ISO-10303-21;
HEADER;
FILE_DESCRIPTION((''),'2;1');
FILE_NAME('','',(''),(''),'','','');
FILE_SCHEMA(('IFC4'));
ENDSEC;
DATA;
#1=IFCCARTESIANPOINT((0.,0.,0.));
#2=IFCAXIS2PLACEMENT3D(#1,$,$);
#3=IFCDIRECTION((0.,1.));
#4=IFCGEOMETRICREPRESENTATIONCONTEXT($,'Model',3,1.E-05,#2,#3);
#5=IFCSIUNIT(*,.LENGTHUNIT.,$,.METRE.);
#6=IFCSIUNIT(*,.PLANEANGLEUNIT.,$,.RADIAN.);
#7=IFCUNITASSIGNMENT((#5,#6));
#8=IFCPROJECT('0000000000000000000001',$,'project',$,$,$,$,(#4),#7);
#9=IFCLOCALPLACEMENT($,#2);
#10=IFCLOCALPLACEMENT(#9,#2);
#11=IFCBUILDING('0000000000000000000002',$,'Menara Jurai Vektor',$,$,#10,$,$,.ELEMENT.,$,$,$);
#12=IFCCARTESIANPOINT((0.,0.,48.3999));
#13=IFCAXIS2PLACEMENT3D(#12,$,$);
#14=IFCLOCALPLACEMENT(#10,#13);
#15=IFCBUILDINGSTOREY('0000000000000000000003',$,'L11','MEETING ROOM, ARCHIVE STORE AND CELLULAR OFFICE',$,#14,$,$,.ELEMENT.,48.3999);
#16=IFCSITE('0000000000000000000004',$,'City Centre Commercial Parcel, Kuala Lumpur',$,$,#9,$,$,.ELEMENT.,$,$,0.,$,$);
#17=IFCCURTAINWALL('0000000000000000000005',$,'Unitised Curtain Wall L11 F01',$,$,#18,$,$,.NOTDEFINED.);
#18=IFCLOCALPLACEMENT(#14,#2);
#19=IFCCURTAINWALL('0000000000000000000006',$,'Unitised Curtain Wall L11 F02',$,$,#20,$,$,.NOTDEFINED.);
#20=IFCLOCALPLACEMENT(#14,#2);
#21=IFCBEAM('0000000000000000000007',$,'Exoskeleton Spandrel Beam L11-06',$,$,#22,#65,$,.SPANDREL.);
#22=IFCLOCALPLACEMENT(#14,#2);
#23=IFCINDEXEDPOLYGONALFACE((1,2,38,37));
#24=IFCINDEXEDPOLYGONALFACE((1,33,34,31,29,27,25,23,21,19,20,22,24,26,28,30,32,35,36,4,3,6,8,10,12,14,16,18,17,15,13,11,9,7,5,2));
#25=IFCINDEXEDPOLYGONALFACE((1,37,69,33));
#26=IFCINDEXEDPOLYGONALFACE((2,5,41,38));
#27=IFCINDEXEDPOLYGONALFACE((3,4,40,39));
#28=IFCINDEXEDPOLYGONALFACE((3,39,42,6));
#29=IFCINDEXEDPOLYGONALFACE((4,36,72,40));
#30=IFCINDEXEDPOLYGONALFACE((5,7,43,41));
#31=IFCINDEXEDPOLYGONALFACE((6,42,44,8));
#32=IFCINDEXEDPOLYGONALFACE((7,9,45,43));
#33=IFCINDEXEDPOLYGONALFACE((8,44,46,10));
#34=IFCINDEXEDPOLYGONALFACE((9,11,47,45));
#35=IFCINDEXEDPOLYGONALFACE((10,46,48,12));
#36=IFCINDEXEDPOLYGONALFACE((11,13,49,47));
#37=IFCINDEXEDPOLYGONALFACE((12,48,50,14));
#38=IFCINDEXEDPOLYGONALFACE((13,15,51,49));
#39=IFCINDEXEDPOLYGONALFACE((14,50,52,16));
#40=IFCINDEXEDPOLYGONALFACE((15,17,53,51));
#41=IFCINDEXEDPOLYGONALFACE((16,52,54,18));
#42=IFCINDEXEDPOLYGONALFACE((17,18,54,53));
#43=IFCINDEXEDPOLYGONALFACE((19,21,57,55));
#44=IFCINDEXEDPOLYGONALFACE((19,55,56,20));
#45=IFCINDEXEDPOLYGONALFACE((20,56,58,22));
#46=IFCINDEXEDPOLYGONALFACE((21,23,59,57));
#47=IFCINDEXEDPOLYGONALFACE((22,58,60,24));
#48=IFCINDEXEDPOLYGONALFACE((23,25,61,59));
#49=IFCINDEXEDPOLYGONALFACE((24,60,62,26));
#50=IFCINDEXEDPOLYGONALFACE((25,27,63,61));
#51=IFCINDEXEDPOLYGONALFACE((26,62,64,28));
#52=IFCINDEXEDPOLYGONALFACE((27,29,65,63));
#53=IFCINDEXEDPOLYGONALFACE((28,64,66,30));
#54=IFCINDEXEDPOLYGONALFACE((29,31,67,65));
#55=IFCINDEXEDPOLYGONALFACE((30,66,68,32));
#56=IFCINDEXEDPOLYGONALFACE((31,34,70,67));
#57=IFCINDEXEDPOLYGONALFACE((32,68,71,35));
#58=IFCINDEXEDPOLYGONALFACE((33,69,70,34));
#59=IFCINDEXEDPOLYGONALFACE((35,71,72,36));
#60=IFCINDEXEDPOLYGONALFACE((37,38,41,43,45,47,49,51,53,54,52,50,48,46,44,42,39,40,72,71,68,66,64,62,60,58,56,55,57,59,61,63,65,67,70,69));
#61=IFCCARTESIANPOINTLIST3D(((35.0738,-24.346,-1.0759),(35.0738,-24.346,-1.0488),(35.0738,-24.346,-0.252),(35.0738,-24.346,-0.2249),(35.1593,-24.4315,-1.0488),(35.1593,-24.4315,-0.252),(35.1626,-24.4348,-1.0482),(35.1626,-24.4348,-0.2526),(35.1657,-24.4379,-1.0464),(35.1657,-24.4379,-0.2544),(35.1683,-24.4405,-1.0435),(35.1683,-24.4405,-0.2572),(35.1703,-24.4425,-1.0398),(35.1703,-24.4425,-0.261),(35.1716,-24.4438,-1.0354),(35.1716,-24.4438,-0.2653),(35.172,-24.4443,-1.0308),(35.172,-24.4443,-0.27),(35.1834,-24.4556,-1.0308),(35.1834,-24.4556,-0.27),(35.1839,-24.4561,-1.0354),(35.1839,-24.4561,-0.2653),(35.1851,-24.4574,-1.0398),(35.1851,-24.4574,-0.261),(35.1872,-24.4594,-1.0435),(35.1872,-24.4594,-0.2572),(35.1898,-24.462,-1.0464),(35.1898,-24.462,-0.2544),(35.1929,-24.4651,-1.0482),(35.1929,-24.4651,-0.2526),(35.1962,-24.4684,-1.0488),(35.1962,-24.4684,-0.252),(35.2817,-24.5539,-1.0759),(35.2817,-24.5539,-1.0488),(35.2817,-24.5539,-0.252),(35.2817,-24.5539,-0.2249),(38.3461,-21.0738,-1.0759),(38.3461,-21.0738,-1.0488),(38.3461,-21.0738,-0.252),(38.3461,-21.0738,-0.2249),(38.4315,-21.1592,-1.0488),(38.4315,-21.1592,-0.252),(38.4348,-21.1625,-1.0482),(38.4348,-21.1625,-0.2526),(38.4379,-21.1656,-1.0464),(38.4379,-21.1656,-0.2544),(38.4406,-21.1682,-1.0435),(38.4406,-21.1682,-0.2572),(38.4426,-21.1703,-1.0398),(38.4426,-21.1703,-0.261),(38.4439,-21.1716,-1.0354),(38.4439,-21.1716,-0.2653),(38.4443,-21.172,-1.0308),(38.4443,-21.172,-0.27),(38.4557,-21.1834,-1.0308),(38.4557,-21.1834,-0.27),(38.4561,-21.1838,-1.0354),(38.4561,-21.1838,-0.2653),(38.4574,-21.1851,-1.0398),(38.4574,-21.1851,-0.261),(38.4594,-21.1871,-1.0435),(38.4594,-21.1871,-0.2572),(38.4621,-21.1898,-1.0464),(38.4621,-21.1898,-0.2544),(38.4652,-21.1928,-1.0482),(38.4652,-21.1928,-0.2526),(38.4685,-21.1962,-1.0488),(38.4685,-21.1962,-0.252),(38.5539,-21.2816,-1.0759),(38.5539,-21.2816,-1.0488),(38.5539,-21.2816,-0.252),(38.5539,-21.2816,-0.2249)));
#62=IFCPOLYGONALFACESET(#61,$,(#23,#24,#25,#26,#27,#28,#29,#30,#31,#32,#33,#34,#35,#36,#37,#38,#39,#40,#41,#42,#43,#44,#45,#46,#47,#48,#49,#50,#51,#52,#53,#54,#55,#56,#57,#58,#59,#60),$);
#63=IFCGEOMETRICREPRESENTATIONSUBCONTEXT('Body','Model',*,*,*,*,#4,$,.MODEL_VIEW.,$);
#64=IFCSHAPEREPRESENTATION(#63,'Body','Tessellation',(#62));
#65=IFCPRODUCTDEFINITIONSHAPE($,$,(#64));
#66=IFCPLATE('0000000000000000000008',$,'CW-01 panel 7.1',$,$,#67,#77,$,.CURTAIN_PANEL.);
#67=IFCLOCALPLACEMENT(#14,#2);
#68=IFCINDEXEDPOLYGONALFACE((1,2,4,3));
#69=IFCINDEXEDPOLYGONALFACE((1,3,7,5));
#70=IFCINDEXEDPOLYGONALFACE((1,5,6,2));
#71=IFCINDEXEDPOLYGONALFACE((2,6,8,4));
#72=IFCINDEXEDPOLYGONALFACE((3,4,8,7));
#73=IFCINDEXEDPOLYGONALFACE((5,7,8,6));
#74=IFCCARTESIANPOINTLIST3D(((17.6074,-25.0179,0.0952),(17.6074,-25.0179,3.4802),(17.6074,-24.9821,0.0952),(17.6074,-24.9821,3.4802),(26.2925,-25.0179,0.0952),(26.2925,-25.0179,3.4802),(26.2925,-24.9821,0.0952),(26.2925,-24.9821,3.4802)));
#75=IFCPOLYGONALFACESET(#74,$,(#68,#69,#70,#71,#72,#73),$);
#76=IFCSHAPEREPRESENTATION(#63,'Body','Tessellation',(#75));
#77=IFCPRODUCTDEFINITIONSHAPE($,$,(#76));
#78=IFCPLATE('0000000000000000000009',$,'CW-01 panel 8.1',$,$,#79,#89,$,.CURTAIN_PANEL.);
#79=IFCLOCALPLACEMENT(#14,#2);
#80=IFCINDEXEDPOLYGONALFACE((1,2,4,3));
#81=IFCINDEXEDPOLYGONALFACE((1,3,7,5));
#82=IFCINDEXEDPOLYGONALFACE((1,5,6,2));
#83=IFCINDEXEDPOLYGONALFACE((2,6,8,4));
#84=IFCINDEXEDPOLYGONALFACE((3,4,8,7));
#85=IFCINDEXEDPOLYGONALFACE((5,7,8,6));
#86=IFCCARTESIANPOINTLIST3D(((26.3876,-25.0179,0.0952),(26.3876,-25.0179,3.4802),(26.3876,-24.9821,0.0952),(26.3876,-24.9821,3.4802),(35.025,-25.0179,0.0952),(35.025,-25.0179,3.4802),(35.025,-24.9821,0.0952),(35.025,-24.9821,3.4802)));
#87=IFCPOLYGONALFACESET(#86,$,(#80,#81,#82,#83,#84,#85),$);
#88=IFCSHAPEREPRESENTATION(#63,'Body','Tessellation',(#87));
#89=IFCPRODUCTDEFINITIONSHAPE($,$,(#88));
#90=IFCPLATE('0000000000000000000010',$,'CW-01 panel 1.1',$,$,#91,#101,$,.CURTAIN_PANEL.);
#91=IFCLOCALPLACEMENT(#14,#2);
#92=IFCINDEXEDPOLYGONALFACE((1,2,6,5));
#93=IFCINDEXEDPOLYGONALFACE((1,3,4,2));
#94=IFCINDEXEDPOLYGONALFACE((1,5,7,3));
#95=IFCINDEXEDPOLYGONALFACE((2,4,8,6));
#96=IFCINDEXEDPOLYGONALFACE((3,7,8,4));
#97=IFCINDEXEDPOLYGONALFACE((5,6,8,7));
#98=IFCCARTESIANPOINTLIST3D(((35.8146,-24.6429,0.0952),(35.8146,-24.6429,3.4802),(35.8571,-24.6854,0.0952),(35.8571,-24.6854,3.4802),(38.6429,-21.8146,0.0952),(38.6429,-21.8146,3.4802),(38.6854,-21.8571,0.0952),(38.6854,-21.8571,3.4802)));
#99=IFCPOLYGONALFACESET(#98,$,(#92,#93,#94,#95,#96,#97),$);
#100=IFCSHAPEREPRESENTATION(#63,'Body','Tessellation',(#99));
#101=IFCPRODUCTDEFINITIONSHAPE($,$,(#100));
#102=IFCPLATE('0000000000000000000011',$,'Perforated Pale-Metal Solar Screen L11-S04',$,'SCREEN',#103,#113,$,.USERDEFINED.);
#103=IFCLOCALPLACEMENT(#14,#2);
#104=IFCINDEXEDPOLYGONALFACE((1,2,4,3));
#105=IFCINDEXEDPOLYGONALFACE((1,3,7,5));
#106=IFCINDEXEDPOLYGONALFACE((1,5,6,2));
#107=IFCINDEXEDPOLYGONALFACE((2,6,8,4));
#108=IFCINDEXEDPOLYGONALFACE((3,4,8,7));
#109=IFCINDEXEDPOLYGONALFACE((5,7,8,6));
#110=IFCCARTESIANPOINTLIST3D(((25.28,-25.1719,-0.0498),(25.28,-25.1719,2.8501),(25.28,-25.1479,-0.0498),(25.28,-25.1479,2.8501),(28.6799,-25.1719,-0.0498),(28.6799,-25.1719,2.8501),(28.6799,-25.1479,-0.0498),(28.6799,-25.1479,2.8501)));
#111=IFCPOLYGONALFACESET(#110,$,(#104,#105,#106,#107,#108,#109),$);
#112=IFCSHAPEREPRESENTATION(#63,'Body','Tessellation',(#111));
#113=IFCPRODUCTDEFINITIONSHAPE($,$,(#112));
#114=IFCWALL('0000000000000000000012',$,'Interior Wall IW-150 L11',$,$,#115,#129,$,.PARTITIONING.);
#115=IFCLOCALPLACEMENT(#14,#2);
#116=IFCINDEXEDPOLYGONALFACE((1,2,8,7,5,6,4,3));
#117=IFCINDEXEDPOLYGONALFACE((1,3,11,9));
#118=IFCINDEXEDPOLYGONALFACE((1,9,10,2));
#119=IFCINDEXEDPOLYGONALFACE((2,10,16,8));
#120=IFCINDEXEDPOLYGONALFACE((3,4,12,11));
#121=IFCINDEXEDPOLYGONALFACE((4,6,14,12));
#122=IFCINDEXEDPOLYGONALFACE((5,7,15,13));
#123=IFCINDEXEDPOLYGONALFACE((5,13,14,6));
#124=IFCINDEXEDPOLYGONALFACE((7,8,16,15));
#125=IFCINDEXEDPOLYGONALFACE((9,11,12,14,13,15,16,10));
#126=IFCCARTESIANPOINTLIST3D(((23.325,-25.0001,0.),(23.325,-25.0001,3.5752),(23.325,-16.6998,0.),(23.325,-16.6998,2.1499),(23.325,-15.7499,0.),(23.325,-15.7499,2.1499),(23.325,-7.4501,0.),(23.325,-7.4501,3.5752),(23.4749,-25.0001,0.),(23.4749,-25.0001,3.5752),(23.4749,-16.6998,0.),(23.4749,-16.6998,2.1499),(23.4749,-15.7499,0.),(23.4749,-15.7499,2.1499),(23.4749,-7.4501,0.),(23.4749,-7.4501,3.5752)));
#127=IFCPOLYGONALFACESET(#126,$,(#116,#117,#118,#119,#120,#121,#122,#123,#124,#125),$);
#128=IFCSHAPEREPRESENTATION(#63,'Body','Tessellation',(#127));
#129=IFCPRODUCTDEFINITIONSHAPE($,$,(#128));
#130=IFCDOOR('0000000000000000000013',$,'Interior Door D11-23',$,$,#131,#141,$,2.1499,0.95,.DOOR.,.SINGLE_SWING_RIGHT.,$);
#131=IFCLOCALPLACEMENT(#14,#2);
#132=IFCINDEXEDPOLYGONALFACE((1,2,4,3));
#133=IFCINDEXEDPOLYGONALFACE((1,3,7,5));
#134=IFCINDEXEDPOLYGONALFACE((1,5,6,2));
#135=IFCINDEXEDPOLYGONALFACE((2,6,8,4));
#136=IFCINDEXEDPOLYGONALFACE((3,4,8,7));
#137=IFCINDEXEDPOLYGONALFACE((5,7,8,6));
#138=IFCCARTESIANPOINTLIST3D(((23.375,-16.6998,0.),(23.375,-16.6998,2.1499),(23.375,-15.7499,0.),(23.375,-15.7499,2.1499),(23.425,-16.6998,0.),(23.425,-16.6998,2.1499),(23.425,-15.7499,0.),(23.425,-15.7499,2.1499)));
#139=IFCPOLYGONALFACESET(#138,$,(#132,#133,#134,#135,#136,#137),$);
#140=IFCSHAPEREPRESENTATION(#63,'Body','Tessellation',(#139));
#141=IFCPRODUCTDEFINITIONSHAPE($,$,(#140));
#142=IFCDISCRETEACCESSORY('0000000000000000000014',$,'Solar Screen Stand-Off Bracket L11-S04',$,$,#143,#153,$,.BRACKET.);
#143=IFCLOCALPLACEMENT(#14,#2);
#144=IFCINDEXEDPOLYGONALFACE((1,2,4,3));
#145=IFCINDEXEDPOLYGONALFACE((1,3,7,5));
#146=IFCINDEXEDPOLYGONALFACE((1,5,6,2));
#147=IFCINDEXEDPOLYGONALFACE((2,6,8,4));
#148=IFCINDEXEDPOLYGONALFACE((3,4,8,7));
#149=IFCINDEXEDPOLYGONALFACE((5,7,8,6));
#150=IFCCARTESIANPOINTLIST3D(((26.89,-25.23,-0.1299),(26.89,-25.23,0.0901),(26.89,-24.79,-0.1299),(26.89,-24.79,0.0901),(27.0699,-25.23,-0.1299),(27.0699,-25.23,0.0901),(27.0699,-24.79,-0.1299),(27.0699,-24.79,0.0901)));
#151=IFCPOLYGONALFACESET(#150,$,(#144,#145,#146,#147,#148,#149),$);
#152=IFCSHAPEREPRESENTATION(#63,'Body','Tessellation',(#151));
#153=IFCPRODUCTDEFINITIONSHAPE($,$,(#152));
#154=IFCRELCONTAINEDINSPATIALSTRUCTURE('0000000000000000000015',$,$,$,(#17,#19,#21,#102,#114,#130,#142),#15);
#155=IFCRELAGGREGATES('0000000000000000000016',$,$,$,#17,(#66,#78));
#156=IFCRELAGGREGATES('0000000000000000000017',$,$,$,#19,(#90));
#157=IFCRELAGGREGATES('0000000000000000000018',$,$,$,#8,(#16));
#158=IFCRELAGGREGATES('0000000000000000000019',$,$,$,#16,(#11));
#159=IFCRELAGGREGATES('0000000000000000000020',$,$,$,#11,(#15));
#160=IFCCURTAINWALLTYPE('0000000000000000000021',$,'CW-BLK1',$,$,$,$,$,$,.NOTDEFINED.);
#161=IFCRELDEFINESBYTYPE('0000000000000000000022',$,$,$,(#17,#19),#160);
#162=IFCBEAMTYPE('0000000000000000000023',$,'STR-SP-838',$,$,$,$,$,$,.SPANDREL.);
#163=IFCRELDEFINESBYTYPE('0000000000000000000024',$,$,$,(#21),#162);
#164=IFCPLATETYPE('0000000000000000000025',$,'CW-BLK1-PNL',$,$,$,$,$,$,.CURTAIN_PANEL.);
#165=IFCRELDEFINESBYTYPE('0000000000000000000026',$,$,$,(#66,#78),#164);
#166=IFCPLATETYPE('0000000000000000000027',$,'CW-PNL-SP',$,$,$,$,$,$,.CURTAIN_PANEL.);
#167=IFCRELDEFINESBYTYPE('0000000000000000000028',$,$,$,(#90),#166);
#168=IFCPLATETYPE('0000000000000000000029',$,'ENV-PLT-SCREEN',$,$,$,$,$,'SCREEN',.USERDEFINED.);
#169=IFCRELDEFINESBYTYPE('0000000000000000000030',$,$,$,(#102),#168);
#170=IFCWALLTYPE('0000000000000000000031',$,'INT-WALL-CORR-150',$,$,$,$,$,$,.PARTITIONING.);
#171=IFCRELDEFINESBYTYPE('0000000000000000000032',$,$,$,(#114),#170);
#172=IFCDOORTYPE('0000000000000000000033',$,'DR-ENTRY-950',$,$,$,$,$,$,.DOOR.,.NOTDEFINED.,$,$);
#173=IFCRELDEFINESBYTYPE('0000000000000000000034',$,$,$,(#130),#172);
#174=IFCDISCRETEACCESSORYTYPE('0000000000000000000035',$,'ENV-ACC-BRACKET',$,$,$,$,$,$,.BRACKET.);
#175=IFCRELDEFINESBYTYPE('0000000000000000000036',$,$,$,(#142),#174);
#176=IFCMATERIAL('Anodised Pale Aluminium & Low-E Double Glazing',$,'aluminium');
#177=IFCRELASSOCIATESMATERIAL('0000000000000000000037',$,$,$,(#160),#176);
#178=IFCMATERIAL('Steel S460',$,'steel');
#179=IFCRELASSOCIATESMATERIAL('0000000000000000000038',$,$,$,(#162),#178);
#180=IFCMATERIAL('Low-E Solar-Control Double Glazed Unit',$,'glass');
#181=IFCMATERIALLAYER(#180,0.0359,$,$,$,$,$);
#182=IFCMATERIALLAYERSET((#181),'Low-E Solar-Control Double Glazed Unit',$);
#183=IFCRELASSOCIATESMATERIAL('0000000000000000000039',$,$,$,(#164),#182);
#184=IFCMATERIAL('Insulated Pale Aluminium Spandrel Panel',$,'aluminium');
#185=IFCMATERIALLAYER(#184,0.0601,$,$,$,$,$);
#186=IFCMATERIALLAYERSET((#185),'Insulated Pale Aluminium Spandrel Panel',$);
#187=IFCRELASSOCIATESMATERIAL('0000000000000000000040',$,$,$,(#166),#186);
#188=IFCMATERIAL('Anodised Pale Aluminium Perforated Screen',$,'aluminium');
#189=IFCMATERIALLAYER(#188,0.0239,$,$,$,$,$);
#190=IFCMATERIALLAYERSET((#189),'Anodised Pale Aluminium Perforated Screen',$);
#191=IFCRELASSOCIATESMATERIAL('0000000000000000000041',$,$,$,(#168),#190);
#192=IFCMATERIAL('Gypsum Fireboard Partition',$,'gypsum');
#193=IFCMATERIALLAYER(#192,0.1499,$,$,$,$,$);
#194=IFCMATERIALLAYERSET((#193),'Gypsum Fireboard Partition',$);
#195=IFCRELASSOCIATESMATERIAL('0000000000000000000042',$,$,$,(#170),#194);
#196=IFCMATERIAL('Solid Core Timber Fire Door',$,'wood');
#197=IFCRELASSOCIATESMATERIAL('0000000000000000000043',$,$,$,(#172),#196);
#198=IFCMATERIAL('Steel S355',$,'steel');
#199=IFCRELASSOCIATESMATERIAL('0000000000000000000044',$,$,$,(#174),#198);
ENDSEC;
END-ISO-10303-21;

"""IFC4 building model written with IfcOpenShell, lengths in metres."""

from ifc_helpers import new_model, si_unit, direction, frame, frame_2d, origin, origin_2d, place, context, subcontext, project, spatial, rectangle, i_section, extrude, material, layer, layer_set, material_profile, profile_set, type_object, element, fill, aggregate, save


model = new_model("IFC4")

# Units and contexts
model_context = context("Model", 3, precision=1e-05, world=origin(), true_north=direction((0.0, 1.0)))
body_context = subcontext(model_context, "Body", "Model", "MODEL_VIEW")
ifc_project = project(units=[si_unit("LENGTHUNIT", "METRE"), si_unit("PLANEANGLEUNIT", "RADIAN")], contexts=[model_context])

# Site, building, storey
site_placement = place(None, origin())
site = spatial("IfcSite", under=ifc_project, at=site_placement, Name="City Centre Commercial Parcel, Kuala Lumpur", CompositionType="ELEMENT", RefElevation=0.0)
building_placement = place(site_placement, origin())
building = spatial("IfcBuilding", under=site, at=building_placement, Name="Menara Jurai Vektor", CompositionType="ELEMENT")
storey_placement = place(building_placement, frame((0.0, 0.0, 48.3999)))
storey = spatial("IfcBuildingStorey", under=building, at=storey_placement, Name="L11", Description="MEETING ROOM, ARCHIVE STORE AND CELLULAR OFFICE", CompositionType="ELEMENT", Elevation=48.3999)

# Shared definitions
ifc_material_1 = material(Name="Steel S460", Category="steel")

# Curtain walls
ifc_material_2 = material(Name="Anodised Pale Aluminium & Low-E Double Glazing", Category="aluminium")
curtain_wall_type = type_object("IfcCurtainWallType", Name="CW-BLK1", PredefinedType="NOTDEFINED", material=ifc_material_2)
curtain_wall_1_placement = place(storey_placement, origin())
curtain_wall_1 = element("IfcCurtainWall", 1, at=curtain_wall_1_placement, inside=storey, type_object=curtain_wall_type, Name="Unitised Curtain Wall L11 F01", PredefinedType="NOTDEFINED")
curtain_wall_2_placement = place(storey_placement, origin())
curtain_wall_2 = element("IfcCurtainWall", 2, at=curtain_wall_2_placement, inside=storey, type_object=curtain_wall_type, Name="Unitised Curtain Wall L11 F02", PredefinedType="NOTDEFINED")

# Shared definitions
ifc_material_3 = material(Name="Steel S355", Category="steel")

# Beam
ifc_material_profile_1 = material_profile(ifc_material_1, i_section(OverallWidth=0.2939, OverallDepth=0.8511, WebThickness=0.0161, FlangeThickness=0.0271, FilletRadius=0.0181, at=origin_2d()), Name="UKB 838x292x226")
ifc_profile_set_1 = profile_set([ifc_material_profile_1], Name="Steel S460")
beam_type_1 = type_object("IfcBeamType", Name="STR-SP-838", PredefinedType="SPANDREL", material=ifc_profile_set_1)
beam_1_placement = place(storey_placement, frame((35.1777, -24.45, -0.6504), z_axis=(0.707107, 0.707107, 0.0), x_axis=(-0.707107, 0.707107, 0.0)))
element("IfcBeam", 3, at=beam_1_placement, inside=storey, type_object=beam_type_1, Name="Exoskeleton Spandrel Beam L11-06", PredefinedType="SPANDREL", context=body_context, shape_type="SweptSolid", body=[
    extrude(i_section(OverallWidth=0.2939, OverallDepth=0.8511, WebThickness=0.0161, FlangeThickness=0.0271, FilletRadius=0.0181, at=origin_2d()), origin(), (0.0, 0.0, 1.0), 4.6277),
])

# Plates
ifc_material_4 = material(Name="Low-E Solar-Control Double Glazed Unit", Category="glass")
ifc_layer_1 = layer(ifc_material_4, 0.0359)
ifc_layer_set_1 = layer_set([ifc_layer_1], Name="Low-E Solar-Control Double Glazed Unit")
plate_type_1 = type_object("IfcPlateType", Name="CW-BLK1-PNL", PredefinedType="CURTAIN_PANEL", material=ifc_layer_set_1)
plate_1_placement = place(storey_placement, frame((21.95, -25.0, 0.0952), z_axis=(0.0, 0.0, 1.0), x_axis=(1.0, 0.0, 0.0)))
plate_1 = element("IfcPlate", 4, at=plate_1_placement, type_object=plate_type_1, Name="CW-01 panel 7.1", PredefinedType="CURTAIN_PANEL", context=body_context, shape_type="SweptSolid", body=[
    extrude(rectangle(XDim=8.6851, YDim=0.0359, at=origin_2d()), origin(), (0.0, 0.0, 1.0), 3.385),
])
plate_2_placement = place(storey_placement, frame((30.7063, -25.0, 0.0952), z_axis=(0.0, 0.0, 1.0), x_axis=(1.0, 0.0, 0.0)))
plate_2 = element("IfcPlate", 5, at=plate_2_placement, type_object=plate_type_1, Name="CW-01 panel 8.1", PredefinedType="CURTAIN_PANEL", context=body_context, shape_type="SweptSolid", body=[
    extrude(rectangle(XDim=8.6375, YDim=0.0359, at=origin_2d()), origin(), (0.0, 0.0, 1.0), 3.385),
])
aggregate(curtain_wall_1, [plate_1, plate_2])
ifc_material_5 = material(Name="Insulated Pale Aluminium Spandrel Panel", Category="aluminium")
ifc_layer_2 = layer(ifc_material_5, 0.0601)
ifc_layer_set_2 = layer_set([ifc_layer_2], Name="Insulated Pale Aluminium Spandrel Panel")
plate_type_2 = type_object("IfcPlateType", Name="CW-PNL-SP", PredefinedType="CURTAIN_PANEL", material=ifc_layer_set_2)
plate_3_placement = place(storey_placement, frame((37.25, -23.25, 0.0952), z_axis=(0.0, 0.0, 1.0), x_axis=(0.707107, 0.707107, 0.0)))
plate_3 = element("IfcPlate", 6, at=plate_3_placement, type_object=plate_type_2, Name="CW-01 panel 1.1", PredefinedType="CURTAIN_PANEL", context=body_context, shape_type="SweptSolid", body=[
    extrude(rectangle(XDim=3.9998, YDim=0.0601, at=origin_2d()), origin(), (0.0, 0.0, 1.0), 3.385),
])
aggregate(curtain_wall_2, [plate_3])
ifc_material_6 = material(Name="Anodised Pale Aluminium Perforated Screen", Category="aluminium")
ifc_layer_3 = layer(ifc_material_6, 0.0239)
ifc_layer_set_3 = layer_set([ifc_layer_3], Name="Anodised Pale Aluminium Perforated Screen")
plate_type_3 = type_object("IfcPlateType", Name="ENV-PLT-SCREEN", ElementType="SCREEN", PredefinedType="USERDEFINED", material=ifc_layer_set_3)
plate_4_placement = place(storey_placement, frame((26.98, -25.1599, -0.0498), z_axis=(0.0, 0.0, 1.0), x_axis=(1.0, 0.0, 0.0)))
element("IfcPlate", 7, at=plate_4_placement, inside=storey, type_object=plate_type_3, Name="Perforated Pale-Metal Solar Screen L11-S04", ObjectType="SCREEN", PredefinedType="USERDEFINED", context=body_context, shape_type="SweptSolid", body=[
    extrude(rectangle(XDim=3.3999, YDim=0.0239, at=origin_2d()), origin(), (0.0, 0.0, 1.0), 2.8999),
])

# Wall, opening, door
ifc_material_7 = material(Name="Gypsum Fireboard Partition", Category="gypsum")
ifc_layer_4 = layer(ifc_material_7, 0.1499)
ifc_layer_set_4 = layer_set([ifc_layer_4], Name="Gypsum Fireboard Partition")
wall_type = type_object("IfcWallType", Name="INT-WALL-CORR-150", PredefinedType="PARTITIONING", material=ifc_layer_set_4)
wall_placement = place(storey_placement, frame((23.3999, -25.0, 0.0), z_axis=(0.0, 0.0, 1.0), x_axis=(0.0, 1.0, 0.0)))
wall = element("IfcWall", 8, at=wall_placement, inside=storey, type_object=wall_type, Name="Interior Wall IW-150 L11", PredefinedType="PARTITIONING", context=body_context, shape_type="SweptSolid", body=[
    extrude(rectangle(XDim=17.55, YDim=0.1499, at=frame_2d((8.7749, 0.0))), origin(), (0.0, 0.0, 1.0), 3.5752),
])
opening_placement = place(wall_placement, frame((8.3, 0.0, 0.0)))
opening = element("IfcOpeningElement", 9, at=opening_placement, cuts=wall, PredefinedType="OPENING", context=body_context, shape_type="SweptSolid", body=[
    extrude(rectangle(XDim=0.95, YDim=2.1499, at=frame_2d((0.4751, 1.075))), frame((0.0, 0.085, 0.0), z_axis=(0.0, -1.0, 0.0), x_axis=(1.0, 0.0, 0.0)), (0.0, 0.0, 1.0), 0.1699),
])
ifc_material_8 = material(Name="Solid Core Timber Fire Door", Category="wood")
door_type = type_object("IfcDoorType", Name="DR-ENTRY-950", OperationType="NOTDEFINED", PredefinedType="DOOR", material=ifc_material_8)
door_placement = place(opening_placement, origin())
door = element("IfcDoor", 10, at=door_placement, inside=storey, type_object=door_type, Name="Interior Door D11-23", OperationType="SINGLE_SWING_RIGHT", OverallHeight=2.1499, OverallWidth=0.95, PredefinedType="DOOR", context=body_context, shape_type="SweptSolid", body=[
    extrude(rectangle(XDim=0.95, YDim=2.1499, at=frame_2d((0.4751, 1.075))), frame((0.0, 0.0249, 0.0), z_axis=(0.0, -1.0, 0.0), x_axis=(1.0, 0.0, 0.0)), (0.0, 0.0, 1.0), 0.05),
])
fill(opening, door)

# Discrete accessory
discrete_accessory_type = type_object("IfcDiscreteAccessoryType", Name="ENV-ACC-BRACKET", PredefinedType="BRACKET", material=ifc_material_3)
discrete_accessory_placement = place(storey_placement, frame((26.98, -25.01, -0.1299), z_axis=(0.0, 0.0, 1.0), x_axis=(1.0, 0.0, 0.0)))
element("IfcDiscreteAccessory", 11, at=discrete_accessory_placement, inside=storey, type_object=discrete_accessory_type, Name="Solar Screen Stand-Off Bracket L11-S04", PredefinedType="BRACKET", context=body_context, shape_type="SweptSolid", body=[
    extrude(rectangle(XDim=0.1799, YDim=0.4399, at=origin_2d()), origin(), (0.0, 0.0, 1.0), 0.22),
])

save(model, "model.ifc")
